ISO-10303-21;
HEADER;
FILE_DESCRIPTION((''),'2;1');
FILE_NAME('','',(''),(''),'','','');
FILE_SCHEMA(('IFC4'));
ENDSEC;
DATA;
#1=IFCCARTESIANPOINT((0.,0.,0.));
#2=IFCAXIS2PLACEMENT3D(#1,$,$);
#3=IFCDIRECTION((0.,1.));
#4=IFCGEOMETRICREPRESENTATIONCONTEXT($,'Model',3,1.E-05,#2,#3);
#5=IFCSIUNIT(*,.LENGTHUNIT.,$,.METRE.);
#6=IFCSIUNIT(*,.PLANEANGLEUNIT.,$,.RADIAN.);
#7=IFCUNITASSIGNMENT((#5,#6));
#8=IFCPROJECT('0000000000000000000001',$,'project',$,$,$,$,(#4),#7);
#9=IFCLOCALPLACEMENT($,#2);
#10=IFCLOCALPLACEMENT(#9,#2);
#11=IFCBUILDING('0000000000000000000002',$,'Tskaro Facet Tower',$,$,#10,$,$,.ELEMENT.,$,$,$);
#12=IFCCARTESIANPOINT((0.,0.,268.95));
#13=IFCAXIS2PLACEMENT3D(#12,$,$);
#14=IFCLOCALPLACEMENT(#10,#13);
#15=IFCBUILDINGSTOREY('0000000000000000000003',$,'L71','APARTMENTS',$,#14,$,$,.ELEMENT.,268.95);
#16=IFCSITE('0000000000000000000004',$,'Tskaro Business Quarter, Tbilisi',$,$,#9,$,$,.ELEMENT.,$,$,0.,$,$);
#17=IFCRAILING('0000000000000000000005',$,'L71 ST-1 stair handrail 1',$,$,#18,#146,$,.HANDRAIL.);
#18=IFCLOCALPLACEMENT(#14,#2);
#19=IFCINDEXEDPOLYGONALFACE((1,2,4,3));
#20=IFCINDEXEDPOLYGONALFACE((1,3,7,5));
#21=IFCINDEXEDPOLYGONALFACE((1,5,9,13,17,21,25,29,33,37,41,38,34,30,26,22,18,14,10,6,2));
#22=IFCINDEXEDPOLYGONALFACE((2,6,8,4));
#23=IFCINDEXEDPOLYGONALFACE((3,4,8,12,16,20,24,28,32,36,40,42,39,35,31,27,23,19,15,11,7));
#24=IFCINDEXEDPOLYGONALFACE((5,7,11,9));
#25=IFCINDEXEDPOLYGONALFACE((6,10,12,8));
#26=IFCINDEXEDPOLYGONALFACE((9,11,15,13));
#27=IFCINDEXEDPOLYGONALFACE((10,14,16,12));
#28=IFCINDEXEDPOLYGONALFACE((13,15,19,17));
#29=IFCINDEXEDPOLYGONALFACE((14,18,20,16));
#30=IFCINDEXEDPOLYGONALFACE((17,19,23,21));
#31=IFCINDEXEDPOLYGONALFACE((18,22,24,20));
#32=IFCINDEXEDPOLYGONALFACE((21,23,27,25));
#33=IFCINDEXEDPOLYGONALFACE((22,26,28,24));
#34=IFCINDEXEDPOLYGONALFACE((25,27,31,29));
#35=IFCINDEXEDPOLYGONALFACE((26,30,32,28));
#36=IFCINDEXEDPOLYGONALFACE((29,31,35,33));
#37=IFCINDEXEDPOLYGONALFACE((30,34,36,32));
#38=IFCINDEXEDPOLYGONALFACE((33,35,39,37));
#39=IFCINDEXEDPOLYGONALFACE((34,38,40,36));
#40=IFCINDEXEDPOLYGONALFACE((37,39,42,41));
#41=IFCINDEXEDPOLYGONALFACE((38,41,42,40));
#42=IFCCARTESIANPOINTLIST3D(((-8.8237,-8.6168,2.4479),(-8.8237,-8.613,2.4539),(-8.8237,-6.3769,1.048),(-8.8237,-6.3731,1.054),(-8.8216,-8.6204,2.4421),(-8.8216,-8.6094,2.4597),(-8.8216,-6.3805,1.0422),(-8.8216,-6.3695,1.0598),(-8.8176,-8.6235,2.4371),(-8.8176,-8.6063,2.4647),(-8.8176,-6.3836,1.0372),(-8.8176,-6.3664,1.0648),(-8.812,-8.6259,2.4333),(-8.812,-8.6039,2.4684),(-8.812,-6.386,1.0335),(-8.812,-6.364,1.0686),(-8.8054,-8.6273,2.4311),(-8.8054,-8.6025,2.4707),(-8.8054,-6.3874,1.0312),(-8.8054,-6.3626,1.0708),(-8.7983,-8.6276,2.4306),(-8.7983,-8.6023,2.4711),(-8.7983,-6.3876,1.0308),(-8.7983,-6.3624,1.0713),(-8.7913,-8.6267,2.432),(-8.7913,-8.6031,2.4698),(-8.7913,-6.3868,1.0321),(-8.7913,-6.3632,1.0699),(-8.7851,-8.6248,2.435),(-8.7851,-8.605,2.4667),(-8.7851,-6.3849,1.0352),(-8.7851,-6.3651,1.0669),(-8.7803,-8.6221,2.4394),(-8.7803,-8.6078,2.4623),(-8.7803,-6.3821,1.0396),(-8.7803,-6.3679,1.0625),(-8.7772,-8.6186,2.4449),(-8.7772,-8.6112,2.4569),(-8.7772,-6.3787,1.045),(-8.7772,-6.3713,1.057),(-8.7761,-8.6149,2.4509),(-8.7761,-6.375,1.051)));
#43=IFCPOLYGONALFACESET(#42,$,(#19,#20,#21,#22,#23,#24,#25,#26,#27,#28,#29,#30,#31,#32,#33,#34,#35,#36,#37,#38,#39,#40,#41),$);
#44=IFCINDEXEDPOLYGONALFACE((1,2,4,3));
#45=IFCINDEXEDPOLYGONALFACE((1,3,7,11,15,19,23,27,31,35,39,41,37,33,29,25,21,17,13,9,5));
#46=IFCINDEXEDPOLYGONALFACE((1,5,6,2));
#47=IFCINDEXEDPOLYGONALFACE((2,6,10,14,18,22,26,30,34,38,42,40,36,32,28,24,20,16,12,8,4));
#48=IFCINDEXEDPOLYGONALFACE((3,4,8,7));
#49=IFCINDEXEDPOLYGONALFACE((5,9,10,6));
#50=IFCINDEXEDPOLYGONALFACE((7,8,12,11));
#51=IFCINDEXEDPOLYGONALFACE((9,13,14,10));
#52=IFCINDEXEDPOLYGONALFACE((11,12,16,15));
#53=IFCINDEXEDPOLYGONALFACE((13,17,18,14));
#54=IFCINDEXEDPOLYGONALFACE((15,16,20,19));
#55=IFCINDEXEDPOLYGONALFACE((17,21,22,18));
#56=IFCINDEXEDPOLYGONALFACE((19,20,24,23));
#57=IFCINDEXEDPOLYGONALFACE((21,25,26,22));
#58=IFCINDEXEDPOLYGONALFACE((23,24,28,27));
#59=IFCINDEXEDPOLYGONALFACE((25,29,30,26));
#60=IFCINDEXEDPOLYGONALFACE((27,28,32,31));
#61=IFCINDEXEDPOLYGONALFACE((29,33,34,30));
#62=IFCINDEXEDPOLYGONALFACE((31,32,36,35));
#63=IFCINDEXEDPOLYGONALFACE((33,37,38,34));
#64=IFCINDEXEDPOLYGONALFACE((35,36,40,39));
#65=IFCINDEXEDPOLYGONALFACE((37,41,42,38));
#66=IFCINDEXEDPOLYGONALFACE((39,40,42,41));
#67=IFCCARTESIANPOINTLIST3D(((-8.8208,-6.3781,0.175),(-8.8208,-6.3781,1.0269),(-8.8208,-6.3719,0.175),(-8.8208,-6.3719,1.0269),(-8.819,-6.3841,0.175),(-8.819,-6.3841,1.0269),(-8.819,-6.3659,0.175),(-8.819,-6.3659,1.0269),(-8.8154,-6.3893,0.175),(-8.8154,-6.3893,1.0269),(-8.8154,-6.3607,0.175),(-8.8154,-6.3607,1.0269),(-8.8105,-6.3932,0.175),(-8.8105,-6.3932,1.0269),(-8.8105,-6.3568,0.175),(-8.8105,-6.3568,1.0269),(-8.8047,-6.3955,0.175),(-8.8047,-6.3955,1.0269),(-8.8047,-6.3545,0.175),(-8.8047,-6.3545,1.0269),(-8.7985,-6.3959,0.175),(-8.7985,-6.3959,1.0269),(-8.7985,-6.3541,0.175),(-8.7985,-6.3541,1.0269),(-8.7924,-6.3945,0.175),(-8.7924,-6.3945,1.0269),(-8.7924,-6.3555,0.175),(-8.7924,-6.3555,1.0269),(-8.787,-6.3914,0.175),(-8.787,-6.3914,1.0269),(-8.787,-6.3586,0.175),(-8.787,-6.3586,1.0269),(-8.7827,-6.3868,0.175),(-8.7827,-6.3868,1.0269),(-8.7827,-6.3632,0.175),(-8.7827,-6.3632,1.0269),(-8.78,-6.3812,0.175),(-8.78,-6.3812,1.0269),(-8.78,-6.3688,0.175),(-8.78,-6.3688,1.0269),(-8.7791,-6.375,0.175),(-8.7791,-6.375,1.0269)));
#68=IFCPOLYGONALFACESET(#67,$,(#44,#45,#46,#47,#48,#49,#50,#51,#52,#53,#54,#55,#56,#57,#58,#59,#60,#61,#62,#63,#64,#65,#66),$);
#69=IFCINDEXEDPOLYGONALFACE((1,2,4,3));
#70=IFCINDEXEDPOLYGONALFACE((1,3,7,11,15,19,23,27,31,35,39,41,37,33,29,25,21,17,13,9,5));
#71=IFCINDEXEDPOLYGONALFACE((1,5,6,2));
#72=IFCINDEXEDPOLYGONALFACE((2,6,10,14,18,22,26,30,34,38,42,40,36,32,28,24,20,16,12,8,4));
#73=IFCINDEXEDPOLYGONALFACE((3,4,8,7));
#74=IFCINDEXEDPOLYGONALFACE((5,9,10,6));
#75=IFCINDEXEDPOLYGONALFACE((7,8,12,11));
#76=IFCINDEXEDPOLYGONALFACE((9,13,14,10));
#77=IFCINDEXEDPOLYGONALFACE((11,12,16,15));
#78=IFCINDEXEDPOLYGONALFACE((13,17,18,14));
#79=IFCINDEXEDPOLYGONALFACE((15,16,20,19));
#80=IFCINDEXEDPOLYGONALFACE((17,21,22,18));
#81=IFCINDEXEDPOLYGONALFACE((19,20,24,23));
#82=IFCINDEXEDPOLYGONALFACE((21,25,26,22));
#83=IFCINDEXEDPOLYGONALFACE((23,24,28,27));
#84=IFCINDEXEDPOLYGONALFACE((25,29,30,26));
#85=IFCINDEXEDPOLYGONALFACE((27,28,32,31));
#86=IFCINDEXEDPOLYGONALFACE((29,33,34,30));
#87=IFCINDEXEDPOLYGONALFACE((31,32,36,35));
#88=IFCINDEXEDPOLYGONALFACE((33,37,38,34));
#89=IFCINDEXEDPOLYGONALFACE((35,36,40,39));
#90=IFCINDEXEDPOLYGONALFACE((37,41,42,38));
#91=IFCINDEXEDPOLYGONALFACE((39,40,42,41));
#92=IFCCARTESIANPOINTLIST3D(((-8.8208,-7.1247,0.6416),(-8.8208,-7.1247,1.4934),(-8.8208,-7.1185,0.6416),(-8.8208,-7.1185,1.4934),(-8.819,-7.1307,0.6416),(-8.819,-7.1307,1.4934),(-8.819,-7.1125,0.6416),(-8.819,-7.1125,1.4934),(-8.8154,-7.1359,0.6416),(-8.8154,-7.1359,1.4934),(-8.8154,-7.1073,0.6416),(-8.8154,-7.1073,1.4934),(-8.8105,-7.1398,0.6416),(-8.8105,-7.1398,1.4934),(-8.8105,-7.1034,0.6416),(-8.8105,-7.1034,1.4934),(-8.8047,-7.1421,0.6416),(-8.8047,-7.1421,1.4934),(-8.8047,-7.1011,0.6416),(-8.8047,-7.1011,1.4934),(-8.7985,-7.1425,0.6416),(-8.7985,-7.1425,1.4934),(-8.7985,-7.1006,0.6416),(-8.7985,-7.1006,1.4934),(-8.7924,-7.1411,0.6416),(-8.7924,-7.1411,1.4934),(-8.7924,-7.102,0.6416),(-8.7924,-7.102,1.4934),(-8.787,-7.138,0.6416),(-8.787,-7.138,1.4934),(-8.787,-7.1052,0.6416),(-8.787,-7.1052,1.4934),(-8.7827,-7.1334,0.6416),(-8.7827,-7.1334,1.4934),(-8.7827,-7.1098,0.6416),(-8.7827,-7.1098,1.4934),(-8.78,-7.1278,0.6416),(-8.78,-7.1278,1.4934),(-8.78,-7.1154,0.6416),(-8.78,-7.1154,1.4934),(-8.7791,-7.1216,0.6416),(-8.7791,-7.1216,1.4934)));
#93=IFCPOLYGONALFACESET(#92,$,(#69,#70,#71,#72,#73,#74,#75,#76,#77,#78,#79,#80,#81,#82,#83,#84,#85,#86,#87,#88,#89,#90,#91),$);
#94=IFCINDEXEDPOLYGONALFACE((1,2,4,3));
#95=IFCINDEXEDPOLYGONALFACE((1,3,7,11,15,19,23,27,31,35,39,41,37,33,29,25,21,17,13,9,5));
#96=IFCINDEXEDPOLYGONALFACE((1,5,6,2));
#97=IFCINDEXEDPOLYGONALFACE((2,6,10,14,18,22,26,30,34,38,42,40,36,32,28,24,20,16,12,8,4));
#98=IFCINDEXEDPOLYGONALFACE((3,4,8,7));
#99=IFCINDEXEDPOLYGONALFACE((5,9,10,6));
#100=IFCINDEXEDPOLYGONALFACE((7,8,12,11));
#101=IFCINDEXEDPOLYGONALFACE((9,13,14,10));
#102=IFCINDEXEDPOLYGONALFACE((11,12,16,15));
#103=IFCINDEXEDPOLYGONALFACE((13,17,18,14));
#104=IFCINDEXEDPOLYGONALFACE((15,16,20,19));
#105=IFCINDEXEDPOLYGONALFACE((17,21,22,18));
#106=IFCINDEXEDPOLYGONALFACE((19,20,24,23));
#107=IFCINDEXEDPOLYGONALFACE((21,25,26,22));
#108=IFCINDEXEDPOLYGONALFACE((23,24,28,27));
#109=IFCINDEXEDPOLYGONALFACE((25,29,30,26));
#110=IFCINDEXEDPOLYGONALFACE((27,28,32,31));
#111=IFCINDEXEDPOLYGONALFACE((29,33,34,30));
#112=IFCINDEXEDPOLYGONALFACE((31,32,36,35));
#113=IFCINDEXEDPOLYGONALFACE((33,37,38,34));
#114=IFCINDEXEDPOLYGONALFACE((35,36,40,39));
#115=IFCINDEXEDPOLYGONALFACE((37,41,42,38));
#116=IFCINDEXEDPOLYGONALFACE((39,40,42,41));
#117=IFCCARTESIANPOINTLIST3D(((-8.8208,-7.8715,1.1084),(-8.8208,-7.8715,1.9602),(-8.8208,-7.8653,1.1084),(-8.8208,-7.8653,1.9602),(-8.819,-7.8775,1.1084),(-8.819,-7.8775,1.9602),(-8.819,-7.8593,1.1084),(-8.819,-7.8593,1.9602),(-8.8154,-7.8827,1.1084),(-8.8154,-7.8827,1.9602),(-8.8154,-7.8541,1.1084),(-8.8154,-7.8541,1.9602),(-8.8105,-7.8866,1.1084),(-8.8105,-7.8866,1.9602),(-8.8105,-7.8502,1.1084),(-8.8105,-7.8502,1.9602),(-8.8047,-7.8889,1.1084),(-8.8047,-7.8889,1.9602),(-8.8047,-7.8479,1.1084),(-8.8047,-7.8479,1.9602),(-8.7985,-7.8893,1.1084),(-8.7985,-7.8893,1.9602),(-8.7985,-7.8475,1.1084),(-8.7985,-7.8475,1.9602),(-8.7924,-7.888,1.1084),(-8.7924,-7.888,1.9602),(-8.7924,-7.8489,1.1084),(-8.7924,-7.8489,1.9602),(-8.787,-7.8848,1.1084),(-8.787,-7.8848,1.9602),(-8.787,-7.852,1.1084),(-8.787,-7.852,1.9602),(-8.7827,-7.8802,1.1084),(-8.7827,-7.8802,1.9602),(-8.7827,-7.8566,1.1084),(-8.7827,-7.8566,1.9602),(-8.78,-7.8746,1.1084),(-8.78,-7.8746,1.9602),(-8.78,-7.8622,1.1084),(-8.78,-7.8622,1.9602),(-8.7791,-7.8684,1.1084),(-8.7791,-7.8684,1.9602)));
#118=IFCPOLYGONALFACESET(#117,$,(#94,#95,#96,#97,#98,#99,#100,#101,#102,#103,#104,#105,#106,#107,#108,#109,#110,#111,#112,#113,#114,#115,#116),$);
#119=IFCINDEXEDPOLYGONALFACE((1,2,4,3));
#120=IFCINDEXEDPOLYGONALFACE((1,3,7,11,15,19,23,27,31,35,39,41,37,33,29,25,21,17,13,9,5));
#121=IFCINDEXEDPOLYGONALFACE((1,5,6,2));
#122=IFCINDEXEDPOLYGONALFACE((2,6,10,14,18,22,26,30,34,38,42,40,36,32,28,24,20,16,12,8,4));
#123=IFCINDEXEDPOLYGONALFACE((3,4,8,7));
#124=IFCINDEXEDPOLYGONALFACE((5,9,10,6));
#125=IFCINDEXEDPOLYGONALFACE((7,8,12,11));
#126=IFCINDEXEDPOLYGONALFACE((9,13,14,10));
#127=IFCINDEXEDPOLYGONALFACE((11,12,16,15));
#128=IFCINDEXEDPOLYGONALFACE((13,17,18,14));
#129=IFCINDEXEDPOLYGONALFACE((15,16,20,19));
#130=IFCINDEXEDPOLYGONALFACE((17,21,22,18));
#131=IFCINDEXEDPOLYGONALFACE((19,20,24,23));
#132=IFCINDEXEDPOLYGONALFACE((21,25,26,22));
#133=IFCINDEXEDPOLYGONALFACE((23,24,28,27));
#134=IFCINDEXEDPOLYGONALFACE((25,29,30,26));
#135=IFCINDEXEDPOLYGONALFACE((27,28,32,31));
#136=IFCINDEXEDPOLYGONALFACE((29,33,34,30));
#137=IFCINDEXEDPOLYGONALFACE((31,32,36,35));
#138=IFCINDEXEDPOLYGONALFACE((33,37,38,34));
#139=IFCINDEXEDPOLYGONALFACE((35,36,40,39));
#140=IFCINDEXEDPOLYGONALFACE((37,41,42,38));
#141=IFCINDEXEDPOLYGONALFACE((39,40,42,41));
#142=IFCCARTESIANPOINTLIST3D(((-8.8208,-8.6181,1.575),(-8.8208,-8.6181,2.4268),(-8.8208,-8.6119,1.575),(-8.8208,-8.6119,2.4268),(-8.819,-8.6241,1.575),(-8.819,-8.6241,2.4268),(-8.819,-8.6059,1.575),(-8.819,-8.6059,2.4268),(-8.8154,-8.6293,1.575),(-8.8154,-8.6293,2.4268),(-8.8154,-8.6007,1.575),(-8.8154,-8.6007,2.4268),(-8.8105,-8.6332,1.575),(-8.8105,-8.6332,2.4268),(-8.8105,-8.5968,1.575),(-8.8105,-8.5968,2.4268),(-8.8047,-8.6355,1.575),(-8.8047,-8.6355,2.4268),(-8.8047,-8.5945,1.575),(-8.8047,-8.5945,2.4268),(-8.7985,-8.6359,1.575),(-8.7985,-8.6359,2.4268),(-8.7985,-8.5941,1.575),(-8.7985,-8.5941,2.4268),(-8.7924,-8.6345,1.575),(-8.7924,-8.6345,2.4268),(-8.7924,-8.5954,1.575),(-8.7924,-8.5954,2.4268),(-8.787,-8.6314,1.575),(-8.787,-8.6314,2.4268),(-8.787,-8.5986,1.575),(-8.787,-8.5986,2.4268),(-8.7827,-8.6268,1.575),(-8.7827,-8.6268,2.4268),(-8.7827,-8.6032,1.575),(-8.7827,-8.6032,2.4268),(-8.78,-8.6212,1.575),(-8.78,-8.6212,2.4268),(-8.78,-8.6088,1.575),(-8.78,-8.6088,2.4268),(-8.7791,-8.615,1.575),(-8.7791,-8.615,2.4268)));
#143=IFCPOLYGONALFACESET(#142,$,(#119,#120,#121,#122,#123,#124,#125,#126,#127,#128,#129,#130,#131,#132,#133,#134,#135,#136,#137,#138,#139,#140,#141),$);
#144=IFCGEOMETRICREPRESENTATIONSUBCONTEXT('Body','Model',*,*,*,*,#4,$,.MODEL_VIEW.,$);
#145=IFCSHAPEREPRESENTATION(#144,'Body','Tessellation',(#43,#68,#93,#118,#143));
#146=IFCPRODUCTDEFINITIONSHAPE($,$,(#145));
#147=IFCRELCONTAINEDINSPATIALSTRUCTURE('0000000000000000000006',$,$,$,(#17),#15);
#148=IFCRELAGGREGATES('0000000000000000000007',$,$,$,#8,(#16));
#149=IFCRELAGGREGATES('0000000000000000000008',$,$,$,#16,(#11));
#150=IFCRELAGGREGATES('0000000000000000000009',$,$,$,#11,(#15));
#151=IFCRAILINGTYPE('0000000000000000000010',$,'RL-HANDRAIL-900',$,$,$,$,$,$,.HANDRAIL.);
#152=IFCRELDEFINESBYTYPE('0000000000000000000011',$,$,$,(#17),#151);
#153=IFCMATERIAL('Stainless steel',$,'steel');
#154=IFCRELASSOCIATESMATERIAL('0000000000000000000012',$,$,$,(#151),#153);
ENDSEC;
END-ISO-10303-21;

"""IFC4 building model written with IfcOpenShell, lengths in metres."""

from ifc_helpers import new_model, si_unit, direction, frame, origin, origin_2d, place, context, subcontext, project, spatial, circle, extrude, material, type_object, element, save


model = new_model("IFC4")

# Units and contexts
model_context = context("Model", 3, precision=1e-05, world=origin(), true_north=direction((0.0, 1.0)))
body_context = subcontext(model_context, "Body", "Model", "MODEL_VIEW")
ifc_project = project(units=[si_unit("LENGTHUNIT", "METRE"), si_unit("PLANEANGLEUNIT", "RADIAN")], contexts=[model_context])

# Site, building, storey
site_placement = place(None, origin())
site = spatial("IfcSite", under=ifc_project, at=site_placement, Name="Tskaro Business Quarter, Tbilisi", CompositionType="ELEMENT", RefElevation=0.0)
building_placement = place(site_placement, origin())
building = spatial("IfcBuilding", under=site, at=building_placement, Name="Tskaro Facet Tower", CompositionType="ELEMENT")
storey_placement = place(building_placement, frame((0.0, 0.0, 268.95)))
storey = spatial("IfcBuildingStorey", under=building, at=storey_placement, Name="L71", Description="APARTMENTS", CompositionType="ELEMENT", Elevation=268.95)

# Shared definitions
ifc_material_1 = material(Name="Stainless steel", Category="steel")

# Railing
railing_type_1 = type_object("IfcRailingType", Name="RL-HANDRAIL-900", PredefinedType="HANDRAIL", material=ifc_material_1)
railing_1_placement = place(storey_placement, frame((-8.8, -6.375, 0.175)))
element("IfcRailing", 1, at=railing_1_placement, inside=storey, type_object=railing_type_1, Name="L71 ST-1 stair handrail 1", PredefinedType="HANDRAIL", context=body_context, shape_type="SweptSolid", body=[
    extrude(circle(Radius=0.0239, at=origin_2d()), frame((0.0, 0.0, 0.876), z_axis=(0.0, -0.848014, 0.529974), x_axis=(1.0, 0.0, 0.0)), (0.0, 0.0, 1.0), 2.6414),
    extrude(circle(Radius=0.021, at=origin_2d()), origin(), (0.0, 0.0, 1.0), 0.8518),
    extrude(circle(Radius=0.021, at=origin_2d()), frame((0.0, -0.7466, 0.4666)), (0.0, 0.0, 1.0), 0.8518),
    extrude(circle(Radius=0.021, at=origin_2d()), frame((0.0, -1.4934, 0.9333)), (0.0, 0.0, 1.0), 0.8518),
    extrude(circle(Radius=0.021, at=origin_2d()), frame((0.0, -2.24, 1.3999)), (0.0, 0.0, 1.0), 0.8518),
])

save(model, "model.ifc")
